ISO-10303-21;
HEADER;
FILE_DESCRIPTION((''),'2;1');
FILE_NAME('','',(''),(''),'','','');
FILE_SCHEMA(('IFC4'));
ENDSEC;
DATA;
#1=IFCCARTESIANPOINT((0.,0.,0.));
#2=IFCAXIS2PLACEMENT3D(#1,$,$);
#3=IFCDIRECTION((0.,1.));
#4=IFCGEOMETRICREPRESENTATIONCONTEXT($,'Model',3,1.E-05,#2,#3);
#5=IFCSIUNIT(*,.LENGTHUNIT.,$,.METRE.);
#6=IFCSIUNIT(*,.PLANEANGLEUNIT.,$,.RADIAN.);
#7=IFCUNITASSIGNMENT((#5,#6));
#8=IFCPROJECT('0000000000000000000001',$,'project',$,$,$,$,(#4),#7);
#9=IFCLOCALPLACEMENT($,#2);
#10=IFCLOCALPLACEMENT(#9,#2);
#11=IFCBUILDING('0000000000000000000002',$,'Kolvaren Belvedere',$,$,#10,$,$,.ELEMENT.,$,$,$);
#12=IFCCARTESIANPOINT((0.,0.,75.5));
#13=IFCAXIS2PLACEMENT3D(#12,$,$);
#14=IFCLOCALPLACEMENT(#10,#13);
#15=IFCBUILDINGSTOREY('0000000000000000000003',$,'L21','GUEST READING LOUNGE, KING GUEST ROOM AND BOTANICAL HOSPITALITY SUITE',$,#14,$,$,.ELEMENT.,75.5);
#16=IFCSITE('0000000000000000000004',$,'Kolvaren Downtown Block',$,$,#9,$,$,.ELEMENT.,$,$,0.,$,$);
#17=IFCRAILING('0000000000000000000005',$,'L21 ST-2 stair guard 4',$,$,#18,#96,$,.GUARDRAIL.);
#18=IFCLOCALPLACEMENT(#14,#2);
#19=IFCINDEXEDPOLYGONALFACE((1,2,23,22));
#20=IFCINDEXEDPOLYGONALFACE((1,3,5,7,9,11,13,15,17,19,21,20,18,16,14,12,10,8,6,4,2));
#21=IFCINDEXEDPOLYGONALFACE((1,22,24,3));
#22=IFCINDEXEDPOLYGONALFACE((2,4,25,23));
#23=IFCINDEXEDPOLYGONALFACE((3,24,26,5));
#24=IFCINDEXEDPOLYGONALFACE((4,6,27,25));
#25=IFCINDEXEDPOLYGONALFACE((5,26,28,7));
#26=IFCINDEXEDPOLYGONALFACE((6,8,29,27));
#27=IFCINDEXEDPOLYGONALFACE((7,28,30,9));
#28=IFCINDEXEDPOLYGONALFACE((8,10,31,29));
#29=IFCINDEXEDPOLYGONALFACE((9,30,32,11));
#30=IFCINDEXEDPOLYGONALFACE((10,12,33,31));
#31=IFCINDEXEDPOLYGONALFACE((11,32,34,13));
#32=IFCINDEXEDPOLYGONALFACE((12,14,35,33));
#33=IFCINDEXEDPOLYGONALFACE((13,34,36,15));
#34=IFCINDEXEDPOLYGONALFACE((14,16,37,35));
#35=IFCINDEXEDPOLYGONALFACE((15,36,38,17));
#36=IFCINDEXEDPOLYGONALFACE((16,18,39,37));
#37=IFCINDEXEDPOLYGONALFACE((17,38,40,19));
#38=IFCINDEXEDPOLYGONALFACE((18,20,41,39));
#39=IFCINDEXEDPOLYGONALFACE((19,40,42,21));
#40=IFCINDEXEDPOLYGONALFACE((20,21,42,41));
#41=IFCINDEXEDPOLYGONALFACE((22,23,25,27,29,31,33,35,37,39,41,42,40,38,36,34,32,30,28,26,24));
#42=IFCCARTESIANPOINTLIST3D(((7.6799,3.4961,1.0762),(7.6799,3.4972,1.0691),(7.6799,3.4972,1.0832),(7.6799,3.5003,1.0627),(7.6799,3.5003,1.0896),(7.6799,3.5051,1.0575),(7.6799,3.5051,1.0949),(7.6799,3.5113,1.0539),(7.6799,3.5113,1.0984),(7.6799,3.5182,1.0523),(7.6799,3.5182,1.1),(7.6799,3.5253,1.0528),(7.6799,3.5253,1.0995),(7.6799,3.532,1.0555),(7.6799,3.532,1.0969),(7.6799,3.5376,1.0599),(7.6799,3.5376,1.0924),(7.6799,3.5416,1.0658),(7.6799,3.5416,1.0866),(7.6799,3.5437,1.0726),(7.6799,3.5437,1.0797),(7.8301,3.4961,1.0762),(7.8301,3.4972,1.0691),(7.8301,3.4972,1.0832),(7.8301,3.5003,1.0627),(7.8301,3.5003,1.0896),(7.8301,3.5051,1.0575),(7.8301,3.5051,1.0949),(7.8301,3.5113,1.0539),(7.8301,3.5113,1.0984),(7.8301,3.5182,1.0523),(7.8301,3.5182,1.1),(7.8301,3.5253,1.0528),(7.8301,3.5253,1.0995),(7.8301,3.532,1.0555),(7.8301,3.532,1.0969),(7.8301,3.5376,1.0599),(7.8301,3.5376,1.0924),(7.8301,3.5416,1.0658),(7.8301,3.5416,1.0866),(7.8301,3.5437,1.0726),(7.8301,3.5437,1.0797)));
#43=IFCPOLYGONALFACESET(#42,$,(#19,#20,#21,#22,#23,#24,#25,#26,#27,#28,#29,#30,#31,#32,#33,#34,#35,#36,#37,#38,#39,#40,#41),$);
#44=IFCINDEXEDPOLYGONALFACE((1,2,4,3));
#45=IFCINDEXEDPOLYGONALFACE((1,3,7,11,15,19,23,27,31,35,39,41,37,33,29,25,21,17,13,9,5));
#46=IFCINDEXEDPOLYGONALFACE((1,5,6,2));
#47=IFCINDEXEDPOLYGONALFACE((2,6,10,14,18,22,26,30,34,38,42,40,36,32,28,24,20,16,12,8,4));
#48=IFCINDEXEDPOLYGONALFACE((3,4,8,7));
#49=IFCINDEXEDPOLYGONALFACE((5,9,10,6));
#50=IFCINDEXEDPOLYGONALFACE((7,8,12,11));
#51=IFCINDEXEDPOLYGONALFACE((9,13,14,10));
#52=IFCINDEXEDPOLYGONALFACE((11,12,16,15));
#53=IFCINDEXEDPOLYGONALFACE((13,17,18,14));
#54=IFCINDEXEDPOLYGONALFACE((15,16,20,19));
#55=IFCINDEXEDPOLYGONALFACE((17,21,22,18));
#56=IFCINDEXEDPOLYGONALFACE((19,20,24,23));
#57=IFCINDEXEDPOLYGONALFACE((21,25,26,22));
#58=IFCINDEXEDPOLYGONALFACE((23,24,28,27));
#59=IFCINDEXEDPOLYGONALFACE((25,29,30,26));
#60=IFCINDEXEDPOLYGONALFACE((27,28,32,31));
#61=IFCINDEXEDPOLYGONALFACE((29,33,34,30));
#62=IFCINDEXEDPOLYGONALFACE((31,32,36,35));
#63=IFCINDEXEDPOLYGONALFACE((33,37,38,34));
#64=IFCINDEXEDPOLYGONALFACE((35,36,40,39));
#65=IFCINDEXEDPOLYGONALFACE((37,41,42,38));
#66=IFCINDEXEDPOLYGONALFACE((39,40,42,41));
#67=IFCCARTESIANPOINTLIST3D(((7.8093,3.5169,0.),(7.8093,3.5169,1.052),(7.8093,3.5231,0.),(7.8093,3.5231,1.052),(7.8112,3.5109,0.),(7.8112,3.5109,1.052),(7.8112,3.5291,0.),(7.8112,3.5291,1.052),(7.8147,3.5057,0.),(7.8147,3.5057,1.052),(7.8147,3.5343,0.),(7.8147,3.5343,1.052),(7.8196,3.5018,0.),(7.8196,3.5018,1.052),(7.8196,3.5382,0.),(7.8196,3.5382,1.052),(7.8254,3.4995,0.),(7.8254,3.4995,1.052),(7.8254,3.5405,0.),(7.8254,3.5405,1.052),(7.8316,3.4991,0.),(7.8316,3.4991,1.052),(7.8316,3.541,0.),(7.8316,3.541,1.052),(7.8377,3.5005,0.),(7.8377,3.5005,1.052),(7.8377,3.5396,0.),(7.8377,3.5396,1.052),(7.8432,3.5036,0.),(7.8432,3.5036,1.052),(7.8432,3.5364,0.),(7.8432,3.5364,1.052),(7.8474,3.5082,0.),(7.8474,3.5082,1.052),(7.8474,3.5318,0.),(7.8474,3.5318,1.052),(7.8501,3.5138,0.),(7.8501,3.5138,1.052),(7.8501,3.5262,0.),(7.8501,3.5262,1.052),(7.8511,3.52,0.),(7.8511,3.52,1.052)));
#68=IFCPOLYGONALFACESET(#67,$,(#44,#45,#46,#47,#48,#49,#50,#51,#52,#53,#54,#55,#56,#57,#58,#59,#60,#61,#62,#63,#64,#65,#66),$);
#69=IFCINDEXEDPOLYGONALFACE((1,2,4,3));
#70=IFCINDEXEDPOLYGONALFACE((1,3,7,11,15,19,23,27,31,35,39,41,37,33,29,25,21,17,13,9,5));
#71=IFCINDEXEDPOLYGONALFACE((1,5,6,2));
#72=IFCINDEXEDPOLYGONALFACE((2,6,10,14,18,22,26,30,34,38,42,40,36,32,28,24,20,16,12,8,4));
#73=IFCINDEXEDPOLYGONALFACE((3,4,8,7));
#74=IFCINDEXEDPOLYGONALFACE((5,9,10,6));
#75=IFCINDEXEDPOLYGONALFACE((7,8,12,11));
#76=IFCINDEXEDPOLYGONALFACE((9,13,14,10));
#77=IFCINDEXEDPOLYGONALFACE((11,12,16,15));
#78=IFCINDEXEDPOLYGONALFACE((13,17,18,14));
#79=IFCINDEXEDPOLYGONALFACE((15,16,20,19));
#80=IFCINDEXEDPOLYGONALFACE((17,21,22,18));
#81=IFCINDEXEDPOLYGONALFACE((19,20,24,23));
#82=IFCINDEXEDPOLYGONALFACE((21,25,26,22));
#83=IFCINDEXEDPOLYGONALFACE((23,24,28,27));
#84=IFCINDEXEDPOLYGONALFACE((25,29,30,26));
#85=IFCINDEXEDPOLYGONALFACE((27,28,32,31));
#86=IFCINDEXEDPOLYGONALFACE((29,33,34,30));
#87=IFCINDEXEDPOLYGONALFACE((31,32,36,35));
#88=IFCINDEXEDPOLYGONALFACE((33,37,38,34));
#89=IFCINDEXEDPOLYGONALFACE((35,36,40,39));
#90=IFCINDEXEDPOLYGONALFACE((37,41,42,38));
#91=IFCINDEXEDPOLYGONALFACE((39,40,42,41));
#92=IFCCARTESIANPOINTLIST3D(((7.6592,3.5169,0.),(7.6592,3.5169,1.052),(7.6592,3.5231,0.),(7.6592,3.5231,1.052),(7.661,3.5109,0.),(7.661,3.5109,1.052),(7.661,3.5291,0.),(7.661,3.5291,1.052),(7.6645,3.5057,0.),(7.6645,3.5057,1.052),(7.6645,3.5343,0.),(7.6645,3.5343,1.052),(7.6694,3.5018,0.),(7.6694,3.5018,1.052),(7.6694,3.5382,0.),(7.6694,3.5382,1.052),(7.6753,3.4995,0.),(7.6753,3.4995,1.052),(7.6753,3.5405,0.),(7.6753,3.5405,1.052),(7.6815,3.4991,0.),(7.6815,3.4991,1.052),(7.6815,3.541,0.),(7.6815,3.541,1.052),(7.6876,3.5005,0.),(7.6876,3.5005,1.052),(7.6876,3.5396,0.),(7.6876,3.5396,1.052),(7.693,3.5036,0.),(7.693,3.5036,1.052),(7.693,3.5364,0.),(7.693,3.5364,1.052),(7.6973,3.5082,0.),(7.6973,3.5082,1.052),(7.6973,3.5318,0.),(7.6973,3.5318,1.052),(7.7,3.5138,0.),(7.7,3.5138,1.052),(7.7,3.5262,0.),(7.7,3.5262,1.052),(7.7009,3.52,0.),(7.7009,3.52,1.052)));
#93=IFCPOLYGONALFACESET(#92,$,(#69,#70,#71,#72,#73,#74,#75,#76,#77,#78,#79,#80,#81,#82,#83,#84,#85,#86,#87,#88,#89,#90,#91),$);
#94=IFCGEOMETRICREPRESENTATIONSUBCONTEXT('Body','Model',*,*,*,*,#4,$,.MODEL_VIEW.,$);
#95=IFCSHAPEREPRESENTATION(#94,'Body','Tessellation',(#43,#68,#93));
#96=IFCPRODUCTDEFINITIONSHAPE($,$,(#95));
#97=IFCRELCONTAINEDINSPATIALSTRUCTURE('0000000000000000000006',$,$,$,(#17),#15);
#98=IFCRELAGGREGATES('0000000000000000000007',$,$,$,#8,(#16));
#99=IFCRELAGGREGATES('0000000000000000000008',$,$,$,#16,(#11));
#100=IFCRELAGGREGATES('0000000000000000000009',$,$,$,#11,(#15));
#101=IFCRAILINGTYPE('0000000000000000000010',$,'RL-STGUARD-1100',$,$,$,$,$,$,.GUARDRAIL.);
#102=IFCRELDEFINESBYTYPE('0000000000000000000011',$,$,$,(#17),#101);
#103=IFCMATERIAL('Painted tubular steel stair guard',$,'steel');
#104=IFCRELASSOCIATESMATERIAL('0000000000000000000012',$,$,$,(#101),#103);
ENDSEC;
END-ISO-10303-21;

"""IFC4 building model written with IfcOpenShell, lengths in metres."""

from ifc_helpers import new_model, si_unit, direction, frame, origin, origin_2d, place, context, subcontext, project, spatial, circle, extrude, material, type_object, element, save


model = new_model("IFC4")

# Units and contexts
model_context = context("Model", 3, precision=1e-05, world=origin(), true_north=direction((0.0, 1.0)))
body_context = subcontext(model_context, "Body", "Model", "MODEL_VIEW")
ifc_project = project(units=[si_unit("LENGTHUNIT", "METRE"), si_unit("PLANEANGLEUNIT", "RADIAN")], contexts=[model_context])

# Site, building, storey
site_placement = place(None, origin())
site = spatial("IfcSite", under=ifc_project, at=site_placement, Name="Kolvaren Downtown Block", CompositionType="ELEMENT", RefElevation=0.0)
building_placement = place(site_placement, origin())
building = spatial("IfcBuilding", under=site, at=building_placement, Name="Kolvaren Belvedere", CompositionType="ELEMENT")
storey_placement = place(building_placement, frame((0.0, 0.0, 75.5)))
storey = spatial("IfcBuildingStorey", under=building, at=storey_placement, Name="L21", Description="GUEST READING LOUNGE, KING GUEST ROOM AND BOTANICAL HOSPITALITY SUITE", CompositionType="ELEMENT", Elevation=75.5)

# Railing
ifc_material_1 = material(Name="Painted tubular steel stair guard", Category="steel")
railing_type_1 = type_object("IfcRailingType", Name="RL-STGUARD-1100", PredefinedType="GUARDRAIL", material=ifc_material_1)
railing_1_placement = place(storey_placement, frame((7.8301, 3.52, 0.0)))
element("IfcRailing", 1, at=railing_1_placement, inside=storey, type_object=railing_type_1, Name="L21 ST-2 stair guard 4", PredefinedType="GUARDRAIL", context=body_context, shape_type="SweptSolid", body=[
    extrude(circle(Radius=0.0239, at=origin_2d()), frame((0.0, 0.0, 1.0762), z_axis=(-1.0, 0.0, 0.0), x_axis=(0.0, -1.0, 0.0)), (0.0, 0.0, 1.0), 0.1501),
    extrude(circle(Radius=0.021, at=origin_2d()), origin(), (0.0, 0.0, 1.0), 1.052),
    extrude(circle(Radius=0.021, at=origin_2d()), frame((-0.1501, 0.0, 0.0)), (0.0, 0.0, 1.0), 1.052),
])

save(model, "model.ifc")
